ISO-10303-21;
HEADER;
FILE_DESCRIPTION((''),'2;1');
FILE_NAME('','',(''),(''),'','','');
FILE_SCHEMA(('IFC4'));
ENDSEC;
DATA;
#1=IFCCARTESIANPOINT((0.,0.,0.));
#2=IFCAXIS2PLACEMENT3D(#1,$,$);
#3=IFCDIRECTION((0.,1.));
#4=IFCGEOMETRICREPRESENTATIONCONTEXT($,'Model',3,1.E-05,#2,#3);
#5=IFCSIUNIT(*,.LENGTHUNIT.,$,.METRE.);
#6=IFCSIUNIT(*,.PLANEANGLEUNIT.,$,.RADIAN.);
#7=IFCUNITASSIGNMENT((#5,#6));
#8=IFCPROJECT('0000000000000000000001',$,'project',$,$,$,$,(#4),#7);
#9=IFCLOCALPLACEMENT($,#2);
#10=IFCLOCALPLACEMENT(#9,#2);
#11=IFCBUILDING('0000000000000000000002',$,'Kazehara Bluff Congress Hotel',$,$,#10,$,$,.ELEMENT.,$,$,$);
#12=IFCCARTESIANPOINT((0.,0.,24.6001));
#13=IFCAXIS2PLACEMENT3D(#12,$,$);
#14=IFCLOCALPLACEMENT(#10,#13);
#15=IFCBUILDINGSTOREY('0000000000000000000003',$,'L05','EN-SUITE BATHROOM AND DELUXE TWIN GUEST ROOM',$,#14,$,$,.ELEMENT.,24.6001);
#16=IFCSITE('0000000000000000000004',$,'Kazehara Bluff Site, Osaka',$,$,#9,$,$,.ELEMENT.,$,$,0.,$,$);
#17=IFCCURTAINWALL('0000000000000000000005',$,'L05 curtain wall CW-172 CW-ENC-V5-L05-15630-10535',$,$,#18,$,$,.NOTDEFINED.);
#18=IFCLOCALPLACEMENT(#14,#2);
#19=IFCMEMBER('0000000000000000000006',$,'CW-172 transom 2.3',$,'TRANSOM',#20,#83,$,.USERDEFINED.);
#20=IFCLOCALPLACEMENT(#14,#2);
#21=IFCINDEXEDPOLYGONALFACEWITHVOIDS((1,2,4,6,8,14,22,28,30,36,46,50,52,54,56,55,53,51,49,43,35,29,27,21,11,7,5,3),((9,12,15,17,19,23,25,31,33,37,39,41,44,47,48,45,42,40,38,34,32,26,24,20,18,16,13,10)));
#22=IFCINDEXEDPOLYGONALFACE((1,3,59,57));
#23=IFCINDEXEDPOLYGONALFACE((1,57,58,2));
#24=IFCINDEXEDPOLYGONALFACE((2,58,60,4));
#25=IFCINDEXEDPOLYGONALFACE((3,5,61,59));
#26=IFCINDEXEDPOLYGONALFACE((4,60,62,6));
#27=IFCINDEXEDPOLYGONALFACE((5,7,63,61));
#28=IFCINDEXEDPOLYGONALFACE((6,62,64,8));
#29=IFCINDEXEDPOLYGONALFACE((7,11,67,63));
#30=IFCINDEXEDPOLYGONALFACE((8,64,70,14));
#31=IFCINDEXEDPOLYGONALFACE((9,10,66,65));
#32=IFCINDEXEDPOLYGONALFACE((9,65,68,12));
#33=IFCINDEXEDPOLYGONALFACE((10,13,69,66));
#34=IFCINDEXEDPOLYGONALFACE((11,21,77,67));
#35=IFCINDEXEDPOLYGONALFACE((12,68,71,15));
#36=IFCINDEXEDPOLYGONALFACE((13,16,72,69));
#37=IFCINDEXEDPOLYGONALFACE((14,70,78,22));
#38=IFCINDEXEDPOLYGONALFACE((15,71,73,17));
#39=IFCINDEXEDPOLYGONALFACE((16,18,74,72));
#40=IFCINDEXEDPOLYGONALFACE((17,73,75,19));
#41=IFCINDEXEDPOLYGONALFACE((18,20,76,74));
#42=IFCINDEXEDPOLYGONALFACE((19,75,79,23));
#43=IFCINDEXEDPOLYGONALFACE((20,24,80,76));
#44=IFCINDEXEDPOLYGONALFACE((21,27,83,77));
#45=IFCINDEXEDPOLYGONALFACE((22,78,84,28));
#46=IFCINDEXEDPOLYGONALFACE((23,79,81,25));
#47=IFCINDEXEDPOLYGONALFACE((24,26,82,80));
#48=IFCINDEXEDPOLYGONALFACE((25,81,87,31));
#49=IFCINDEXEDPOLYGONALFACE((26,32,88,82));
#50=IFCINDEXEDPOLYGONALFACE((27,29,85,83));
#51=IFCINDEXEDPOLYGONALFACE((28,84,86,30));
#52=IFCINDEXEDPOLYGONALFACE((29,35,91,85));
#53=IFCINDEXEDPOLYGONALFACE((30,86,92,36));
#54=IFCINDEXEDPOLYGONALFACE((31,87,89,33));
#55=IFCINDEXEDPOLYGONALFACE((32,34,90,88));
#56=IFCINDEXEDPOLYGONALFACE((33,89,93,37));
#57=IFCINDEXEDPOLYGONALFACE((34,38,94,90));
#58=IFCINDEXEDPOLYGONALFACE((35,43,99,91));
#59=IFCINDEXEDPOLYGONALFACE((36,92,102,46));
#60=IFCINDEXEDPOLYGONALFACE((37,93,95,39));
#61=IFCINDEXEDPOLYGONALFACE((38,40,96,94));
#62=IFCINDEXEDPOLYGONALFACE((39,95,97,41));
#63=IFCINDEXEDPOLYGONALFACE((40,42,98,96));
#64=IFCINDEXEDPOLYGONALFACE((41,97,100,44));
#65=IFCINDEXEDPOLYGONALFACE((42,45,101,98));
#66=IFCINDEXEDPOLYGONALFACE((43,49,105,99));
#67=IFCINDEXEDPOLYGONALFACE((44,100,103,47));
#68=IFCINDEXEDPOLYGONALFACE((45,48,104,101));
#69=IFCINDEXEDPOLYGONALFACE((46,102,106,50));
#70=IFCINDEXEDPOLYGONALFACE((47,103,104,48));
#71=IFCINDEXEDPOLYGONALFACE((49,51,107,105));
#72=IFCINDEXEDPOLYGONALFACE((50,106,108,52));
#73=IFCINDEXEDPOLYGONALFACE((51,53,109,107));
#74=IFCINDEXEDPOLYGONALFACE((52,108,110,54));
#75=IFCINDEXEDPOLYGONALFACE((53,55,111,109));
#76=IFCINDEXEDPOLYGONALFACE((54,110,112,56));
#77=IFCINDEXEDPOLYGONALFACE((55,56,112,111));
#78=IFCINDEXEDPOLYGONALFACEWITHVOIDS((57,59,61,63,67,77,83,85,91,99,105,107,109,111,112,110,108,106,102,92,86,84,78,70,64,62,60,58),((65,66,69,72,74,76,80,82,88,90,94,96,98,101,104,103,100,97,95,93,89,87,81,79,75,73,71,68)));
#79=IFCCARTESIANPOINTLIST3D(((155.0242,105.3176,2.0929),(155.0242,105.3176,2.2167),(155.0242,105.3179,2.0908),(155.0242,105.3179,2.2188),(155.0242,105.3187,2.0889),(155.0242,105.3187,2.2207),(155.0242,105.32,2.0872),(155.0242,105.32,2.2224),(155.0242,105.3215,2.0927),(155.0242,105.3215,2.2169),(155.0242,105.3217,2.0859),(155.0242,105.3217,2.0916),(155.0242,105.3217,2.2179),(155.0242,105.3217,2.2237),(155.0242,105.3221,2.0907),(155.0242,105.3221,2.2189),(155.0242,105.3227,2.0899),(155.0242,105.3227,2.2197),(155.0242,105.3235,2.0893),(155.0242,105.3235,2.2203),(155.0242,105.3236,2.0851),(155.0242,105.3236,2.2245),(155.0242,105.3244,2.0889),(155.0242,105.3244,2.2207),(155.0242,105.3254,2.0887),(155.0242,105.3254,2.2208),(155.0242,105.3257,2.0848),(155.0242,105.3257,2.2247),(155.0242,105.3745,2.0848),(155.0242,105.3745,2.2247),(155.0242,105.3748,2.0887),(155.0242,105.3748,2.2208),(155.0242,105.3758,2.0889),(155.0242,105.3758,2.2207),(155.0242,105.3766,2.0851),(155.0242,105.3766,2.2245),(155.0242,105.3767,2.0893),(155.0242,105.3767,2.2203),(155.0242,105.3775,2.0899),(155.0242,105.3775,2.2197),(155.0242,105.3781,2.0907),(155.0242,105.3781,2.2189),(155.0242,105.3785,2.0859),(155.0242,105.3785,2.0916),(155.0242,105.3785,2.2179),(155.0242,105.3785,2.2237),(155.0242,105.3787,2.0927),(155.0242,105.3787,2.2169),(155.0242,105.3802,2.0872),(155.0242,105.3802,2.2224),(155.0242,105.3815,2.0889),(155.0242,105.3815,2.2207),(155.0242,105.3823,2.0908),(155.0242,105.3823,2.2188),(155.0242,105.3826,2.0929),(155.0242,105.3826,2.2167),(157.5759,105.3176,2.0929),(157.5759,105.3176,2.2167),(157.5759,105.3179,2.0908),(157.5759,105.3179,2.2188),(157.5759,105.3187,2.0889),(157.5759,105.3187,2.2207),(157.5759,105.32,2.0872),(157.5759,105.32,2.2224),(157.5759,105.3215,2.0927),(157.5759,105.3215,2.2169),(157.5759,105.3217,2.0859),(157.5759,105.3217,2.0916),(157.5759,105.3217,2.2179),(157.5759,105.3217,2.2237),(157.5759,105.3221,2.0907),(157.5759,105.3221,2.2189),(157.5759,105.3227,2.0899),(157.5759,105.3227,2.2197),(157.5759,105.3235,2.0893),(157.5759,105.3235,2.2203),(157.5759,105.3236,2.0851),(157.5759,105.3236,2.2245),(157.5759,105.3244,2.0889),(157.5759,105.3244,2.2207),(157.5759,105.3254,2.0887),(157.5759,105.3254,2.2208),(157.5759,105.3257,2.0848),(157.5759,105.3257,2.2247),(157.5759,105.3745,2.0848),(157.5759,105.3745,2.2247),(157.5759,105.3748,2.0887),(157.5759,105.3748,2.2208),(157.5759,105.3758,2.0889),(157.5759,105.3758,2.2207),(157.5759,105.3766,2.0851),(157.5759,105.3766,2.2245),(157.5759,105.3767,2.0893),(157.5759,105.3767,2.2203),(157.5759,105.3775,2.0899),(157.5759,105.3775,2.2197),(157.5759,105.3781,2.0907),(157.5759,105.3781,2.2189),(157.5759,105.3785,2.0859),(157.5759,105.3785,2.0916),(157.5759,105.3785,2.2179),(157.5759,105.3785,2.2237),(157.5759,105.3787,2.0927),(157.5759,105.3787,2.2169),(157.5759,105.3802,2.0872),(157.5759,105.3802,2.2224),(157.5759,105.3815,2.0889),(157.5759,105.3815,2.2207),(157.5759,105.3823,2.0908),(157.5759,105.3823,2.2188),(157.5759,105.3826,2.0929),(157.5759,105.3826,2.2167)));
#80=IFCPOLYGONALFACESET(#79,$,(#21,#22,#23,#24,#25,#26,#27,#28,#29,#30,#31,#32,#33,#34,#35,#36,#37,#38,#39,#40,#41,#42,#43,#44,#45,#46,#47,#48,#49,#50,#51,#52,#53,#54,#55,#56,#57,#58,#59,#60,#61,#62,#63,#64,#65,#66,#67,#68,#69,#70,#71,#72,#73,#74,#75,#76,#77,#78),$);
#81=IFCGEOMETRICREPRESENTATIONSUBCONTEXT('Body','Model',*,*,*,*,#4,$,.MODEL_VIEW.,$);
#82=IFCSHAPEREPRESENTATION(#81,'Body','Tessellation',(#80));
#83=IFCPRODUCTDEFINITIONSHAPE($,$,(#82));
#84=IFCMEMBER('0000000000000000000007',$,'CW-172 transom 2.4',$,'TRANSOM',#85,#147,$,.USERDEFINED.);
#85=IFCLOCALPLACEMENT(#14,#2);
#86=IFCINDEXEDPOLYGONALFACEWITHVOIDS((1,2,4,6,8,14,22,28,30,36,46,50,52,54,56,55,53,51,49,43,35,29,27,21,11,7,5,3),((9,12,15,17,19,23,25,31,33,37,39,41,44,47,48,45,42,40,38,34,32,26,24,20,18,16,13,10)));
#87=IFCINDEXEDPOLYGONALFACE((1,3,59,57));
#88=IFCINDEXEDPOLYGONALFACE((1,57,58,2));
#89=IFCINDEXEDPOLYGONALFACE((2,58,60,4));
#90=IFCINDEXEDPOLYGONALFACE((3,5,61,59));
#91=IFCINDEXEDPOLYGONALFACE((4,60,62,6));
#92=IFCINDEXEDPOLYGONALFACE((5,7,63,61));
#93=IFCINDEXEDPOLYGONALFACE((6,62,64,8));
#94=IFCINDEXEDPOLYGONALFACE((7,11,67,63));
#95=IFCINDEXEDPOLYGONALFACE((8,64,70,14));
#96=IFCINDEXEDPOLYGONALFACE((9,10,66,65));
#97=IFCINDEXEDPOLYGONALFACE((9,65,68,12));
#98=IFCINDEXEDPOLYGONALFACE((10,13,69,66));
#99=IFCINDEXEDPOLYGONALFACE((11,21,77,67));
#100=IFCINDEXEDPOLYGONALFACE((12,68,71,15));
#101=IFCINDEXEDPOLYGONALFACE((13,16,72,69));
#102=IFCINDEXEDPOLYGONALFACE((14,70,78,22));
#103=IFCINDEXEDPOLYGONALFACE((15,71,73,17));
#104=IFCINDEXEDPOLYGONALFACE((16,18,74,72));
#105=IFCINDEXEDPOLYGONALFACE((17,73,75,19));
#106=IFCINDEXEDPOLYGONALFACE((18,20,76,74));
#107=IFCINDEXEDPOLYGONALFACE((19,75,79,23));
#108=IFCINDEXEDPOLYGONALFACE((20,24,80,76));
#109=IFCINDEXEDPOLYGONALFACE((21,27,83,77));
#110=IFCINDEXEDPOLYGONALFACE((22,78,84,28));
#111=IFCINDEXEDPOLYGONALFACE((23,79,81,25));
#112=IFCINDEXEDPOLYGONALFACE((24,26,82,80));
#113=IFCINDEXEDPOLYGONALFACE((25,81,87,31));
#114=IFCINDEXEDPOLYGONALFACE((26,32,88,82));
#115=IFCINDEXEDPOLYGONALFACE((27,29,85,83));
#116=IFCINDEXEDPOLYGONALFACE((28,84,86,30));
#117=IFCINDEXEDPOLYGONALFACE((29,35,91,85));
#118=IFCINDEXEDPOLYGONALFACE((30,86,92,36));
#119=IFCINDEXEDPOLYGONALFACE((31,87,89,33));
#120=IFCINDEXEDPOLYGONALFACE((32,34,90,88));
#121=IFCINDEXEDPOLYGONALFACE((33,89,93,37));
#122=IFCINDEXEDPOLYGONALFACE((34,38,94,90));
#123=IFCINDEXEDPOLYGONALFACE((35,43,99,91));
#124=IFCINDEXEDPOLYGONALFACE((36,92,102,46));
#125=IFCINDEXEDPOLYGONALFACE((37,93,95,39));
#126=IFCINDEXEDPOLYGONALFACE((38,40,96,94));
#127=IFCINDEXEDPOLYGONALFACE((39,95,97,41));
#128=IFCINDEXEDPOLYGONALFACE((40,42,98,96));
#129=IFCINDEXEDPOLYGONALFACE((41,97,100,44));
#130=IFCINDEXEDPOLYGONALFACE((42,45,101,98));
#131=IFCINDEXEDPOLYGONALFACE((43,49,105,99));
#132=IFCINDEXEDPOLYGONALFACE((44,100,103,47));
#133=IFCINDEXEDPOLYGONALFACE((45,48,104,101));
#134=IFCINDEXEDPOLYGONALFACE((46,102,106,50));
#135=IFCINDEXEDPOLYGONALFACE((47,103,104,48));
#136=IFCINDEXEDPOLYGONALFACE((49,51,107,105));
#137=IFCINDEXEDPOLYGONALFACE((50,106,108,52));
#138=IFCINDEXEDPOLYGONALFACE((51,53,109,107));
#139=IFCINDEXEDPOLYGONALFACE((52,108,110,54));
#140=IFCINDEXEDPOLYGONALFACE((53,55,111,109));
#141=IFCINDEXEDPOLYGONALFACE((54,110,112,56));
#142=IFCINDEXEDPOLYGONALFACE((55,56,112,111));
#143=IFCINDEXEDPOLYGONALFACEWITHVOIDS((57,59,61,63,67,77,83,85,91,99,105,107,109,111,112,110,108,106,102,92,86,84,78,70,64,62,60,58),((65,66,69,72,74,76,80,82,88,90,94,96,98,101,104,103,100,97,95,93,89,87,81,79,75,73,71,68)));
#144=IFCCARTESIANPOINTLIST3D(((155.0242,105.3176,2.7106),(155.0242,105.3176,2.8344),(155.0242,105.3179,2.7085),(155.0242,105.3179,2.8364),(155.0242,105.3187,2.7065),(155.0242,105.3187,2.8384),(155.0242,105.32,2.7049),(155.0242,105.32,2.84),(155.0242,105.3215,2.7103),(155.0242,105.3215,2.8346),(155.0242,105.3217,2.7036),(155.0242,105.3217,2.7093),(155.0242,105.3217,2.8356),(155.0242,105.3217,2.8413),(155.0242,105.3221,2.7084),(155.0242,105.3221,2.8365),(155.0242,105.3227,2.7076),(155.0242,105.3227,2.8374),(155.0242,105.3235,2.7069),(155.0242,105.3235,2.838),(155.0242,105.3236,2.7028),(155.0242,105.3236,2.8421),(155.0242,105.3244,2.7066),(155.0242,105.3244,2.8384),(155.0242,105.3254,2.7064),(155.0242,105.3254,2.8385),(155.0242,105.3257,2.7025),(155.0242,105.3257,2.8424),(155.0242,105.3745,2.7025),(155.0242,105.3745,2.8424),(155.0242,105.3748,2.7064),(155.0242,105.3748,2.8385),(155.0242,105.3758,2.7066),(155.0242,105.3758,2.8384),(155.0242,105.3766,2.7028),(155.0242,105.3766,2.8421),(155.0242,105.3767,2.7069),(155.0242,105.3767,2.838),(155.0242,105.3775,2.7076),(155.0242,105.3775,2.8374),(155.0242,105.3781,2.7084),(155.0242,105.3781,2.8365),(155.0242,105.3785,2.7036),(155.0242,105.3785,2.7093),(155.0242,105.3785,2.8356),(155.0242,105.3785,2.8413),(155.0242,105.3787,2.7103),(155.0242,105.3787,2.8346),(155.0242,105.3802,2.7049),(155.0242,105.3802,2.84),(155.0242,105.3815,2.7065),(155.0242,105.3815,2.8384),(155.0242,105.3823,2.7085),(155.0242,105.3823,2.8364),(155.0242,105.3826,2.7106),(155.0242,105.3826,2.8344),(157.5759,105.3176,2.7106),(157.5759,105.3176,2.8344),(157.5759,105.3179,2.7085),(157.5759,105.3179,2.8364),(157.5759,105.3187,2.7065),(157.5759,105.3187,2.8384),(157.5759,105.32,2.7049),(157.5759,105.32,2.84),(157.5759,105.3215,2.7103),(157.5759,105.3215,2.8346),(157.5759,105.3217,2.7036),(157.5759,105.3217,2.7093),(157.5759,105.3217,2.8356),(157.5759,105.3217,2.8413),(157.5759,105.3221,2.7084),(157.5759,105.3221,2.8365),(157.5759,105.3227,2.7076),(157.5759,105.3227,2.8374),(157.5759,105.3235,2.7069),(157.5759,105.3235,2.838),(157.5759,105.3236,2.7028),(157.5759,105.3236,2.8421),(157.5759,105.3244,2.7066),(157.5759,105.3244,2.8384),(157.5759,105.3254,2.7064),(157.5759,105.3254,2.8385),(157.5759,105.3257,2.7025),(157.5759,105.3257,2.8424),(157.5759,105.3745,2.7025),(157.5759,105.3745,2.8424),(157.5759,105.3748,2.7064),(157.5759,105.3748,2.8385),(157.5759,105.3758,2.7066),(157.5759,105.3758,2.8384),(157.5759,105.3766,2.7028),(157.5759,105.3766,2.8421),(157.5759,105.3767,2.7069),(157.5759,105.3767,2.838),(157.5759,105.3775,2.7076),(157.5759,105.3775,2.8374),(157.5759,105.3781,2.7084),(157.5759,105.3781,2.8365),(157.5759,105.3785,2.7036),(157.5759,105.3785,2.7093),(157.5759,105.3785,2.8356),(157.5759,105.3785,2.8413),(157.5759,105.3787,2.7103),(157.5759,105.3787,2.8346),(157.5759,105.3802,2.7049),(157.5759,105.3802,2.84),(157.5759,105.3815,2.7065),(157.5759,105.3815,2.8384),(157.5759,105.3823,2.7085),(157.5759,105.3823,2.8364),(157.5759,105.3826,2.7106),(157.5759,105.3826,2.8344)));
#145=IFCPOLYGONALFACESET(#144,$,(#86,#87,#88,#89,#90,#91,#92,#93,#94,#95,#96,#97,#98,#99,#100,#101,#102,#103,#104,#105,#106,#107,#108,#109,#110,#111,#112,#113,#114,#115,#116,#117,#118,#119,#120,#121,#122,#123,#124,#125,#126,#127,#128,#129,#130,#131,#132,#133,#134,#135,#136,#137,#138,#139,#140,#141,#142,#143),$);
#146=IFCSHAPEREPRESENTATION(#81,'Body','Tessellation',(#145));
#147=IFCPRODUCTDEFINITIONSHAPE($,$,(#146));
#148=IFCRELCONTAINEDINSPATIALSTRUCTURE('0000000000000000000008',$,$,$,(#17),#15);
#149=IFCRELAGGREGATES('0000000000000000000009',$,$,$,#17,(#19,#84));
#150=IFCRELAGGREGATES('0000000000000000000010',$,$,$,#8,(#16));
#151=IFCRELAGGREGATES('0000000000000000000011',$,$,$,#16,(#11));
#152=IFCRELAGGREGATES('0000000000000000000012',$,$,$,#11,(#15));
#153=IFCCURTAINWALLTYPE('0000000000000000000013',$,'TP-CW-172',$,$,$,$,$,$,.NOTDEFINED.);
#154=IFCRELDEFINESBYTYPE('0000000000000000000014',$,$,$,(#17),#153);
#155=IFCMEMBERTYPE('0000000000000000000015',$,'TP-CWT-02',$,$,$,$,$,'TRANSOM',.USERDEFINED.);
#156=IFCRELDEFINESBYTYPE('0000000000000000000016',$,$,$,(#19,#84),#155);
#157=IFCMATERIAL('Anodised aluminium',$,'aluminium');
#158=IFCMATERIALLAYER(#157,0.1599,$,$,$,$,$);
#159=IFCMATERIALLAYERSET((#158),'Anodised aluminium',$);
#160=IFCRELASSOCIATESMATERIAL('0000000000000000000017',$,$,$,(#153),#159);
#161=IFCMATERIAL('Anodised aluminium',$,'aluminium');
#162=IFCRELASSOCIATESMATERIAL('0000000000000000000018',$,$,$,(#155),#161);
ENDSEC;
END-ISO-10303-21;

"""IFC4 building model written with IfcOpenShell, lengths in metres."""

from ifc_helpers import new_model, si_unit, direction, frame, origin, origin_2d, place, context, subcontext, project, spatial, hollow_rectangle, extrude, material, layer, layer_set, material_profile, profile_set, type_object, element, aggregate, save


model = new_model("IFC4")

# Units and contexts
model_context = context("Model", 3, precision=1e-05, world=origin(), true_north=direction((0.0, 1.0)))
body_context = subcontext(model_context, "Body", "Model", "MODEL_VIEW")
ifc_project = project(units=[si_unit("LENGTHUNIT", "METRE"), si_unit("PLANEANGLEUNIT", "RADIAN")], contexts=[model_context])

# Site, building, storey
site_placement = place(None, origin())
site = spatial("IfcSite", under=ifc_project, at=site_placement, Name="Kazehara Bluff Site, Osaka", CompositionType="ELEMENT", RefElevation=0.0)
building_placement = place(site_placement, origin())
building = spatial("IfcBuilding", under=site, at=building_placement, Name="Kazehara Bluff Congress Hotel", CompositionType="ELEMENT")
storey_placement = place(building_placement, frame((0.0, 0.0, 24.6001)))
storey = spatial("IfcBuildingStorey", under=building, at=storey_placement, Name="L05", Description="EN-SUITE BATHROOM AND DELUXE TWIN GUEST ROOM", CompositionType="ELEMENT", Elevation=24.6001)

# Curtain wall, members
ifc_material_1 = material(Name="Anodised aluminium", Category="aluminium")
ifc_layer_1 = layer(ifc_material_1, 0.1599)
ifc_layer_set_1 = layer_set([ifc_layer_1], Name="Anodised aluminium")
curtain_wall_type = type_object("IfcCurtainWallType", Name="TP-CW-172", PredefinedType="NOTDEFINED", material=ifc_layer_set_1)
curtain_wall_placement = place(storey_placement, origin())
curtain_wall = element("IfcCurtainWall", 1, at=curtain_wall_placement, inside=storey, type_object=curtain_wall_type, Name="L05 curtain wall CW-172 CW-ENC-V5-L05-15630-10535", PredefinedType="NOTDEFINED")
ifc_material_2 = material(Name="Anodised aluminium", Category="aluminium")
ifc_material_profile_1 = material_profile(ifc_material_2, hollow_rectangle(XDim=0.0649, YDim=0.1399, WallThickness=0.0039, InnerFilletRadius=0.0039, OuterFilletRadius=0.0081, at=origin_2d()))
ifc_profile_set_1 = profile_set([ifc_material_profile_1], Name="Anodised aluminium")
member_type_1 = type_object("IfcMemberType", Name="TP-CWT-02", ElementType="TRANSOM", PredefinedType="USERDEFINED", material=ifc_profile_set_1)
member_1_placement = place(storey_placement, frame((155.0242, 105.3501, 2.1548), z_axis=(1.0, 0.0, 0.0), x_axis=(0.0, 1.0, 0.0)))
member_1 = element("IfcMember", 2, at=member_1_placement, type_object=member_type_1, Name="CW-172 transom 2.3", ObjectType="TRANSOM", PredefinedType="USERDEFINED", context=body_context, shape_type="SweptSolid", body=[
    extrude(hollow_rectangle(XDim=0.0649, YDim=0.1399, WallThickness=0.0039, InnerFilletRadius=0.0039, OuterFilletRadius=0.0081, at=origin_2d()), origin(), (0.0, 0.0, 1.0), 2.5518),
])
member_2_placement = place(storey_placement, frame((155.0242, 105.3501, 2.7725), z_axis=(1.0, 0.0, 0.0), x_axis=(0.0, 1.0, 0.0)))
member_2 = element("IfcMember", 3, at=member_2_placement, type_object=member_type_1, Name="CW-172 transom 2.4", ObjectType="TRANSOM", PredefinedType="USERDEFINED", context=body_context, shape_type="SweptSolid", body=[
    extrude(hollow_rectangle(XDim=0.0649, YDim=0.1399, WallThickness=0.0039, InnerFilletRadius=0.0039, OuterFilletRadius=0.0081, at=origin_2d()), origin(), (0.0, 0.0, 1.0), 2.5518),
])

aggregate(curtain_wall, [member_1, member_2])

save(model, "model.ifc")
